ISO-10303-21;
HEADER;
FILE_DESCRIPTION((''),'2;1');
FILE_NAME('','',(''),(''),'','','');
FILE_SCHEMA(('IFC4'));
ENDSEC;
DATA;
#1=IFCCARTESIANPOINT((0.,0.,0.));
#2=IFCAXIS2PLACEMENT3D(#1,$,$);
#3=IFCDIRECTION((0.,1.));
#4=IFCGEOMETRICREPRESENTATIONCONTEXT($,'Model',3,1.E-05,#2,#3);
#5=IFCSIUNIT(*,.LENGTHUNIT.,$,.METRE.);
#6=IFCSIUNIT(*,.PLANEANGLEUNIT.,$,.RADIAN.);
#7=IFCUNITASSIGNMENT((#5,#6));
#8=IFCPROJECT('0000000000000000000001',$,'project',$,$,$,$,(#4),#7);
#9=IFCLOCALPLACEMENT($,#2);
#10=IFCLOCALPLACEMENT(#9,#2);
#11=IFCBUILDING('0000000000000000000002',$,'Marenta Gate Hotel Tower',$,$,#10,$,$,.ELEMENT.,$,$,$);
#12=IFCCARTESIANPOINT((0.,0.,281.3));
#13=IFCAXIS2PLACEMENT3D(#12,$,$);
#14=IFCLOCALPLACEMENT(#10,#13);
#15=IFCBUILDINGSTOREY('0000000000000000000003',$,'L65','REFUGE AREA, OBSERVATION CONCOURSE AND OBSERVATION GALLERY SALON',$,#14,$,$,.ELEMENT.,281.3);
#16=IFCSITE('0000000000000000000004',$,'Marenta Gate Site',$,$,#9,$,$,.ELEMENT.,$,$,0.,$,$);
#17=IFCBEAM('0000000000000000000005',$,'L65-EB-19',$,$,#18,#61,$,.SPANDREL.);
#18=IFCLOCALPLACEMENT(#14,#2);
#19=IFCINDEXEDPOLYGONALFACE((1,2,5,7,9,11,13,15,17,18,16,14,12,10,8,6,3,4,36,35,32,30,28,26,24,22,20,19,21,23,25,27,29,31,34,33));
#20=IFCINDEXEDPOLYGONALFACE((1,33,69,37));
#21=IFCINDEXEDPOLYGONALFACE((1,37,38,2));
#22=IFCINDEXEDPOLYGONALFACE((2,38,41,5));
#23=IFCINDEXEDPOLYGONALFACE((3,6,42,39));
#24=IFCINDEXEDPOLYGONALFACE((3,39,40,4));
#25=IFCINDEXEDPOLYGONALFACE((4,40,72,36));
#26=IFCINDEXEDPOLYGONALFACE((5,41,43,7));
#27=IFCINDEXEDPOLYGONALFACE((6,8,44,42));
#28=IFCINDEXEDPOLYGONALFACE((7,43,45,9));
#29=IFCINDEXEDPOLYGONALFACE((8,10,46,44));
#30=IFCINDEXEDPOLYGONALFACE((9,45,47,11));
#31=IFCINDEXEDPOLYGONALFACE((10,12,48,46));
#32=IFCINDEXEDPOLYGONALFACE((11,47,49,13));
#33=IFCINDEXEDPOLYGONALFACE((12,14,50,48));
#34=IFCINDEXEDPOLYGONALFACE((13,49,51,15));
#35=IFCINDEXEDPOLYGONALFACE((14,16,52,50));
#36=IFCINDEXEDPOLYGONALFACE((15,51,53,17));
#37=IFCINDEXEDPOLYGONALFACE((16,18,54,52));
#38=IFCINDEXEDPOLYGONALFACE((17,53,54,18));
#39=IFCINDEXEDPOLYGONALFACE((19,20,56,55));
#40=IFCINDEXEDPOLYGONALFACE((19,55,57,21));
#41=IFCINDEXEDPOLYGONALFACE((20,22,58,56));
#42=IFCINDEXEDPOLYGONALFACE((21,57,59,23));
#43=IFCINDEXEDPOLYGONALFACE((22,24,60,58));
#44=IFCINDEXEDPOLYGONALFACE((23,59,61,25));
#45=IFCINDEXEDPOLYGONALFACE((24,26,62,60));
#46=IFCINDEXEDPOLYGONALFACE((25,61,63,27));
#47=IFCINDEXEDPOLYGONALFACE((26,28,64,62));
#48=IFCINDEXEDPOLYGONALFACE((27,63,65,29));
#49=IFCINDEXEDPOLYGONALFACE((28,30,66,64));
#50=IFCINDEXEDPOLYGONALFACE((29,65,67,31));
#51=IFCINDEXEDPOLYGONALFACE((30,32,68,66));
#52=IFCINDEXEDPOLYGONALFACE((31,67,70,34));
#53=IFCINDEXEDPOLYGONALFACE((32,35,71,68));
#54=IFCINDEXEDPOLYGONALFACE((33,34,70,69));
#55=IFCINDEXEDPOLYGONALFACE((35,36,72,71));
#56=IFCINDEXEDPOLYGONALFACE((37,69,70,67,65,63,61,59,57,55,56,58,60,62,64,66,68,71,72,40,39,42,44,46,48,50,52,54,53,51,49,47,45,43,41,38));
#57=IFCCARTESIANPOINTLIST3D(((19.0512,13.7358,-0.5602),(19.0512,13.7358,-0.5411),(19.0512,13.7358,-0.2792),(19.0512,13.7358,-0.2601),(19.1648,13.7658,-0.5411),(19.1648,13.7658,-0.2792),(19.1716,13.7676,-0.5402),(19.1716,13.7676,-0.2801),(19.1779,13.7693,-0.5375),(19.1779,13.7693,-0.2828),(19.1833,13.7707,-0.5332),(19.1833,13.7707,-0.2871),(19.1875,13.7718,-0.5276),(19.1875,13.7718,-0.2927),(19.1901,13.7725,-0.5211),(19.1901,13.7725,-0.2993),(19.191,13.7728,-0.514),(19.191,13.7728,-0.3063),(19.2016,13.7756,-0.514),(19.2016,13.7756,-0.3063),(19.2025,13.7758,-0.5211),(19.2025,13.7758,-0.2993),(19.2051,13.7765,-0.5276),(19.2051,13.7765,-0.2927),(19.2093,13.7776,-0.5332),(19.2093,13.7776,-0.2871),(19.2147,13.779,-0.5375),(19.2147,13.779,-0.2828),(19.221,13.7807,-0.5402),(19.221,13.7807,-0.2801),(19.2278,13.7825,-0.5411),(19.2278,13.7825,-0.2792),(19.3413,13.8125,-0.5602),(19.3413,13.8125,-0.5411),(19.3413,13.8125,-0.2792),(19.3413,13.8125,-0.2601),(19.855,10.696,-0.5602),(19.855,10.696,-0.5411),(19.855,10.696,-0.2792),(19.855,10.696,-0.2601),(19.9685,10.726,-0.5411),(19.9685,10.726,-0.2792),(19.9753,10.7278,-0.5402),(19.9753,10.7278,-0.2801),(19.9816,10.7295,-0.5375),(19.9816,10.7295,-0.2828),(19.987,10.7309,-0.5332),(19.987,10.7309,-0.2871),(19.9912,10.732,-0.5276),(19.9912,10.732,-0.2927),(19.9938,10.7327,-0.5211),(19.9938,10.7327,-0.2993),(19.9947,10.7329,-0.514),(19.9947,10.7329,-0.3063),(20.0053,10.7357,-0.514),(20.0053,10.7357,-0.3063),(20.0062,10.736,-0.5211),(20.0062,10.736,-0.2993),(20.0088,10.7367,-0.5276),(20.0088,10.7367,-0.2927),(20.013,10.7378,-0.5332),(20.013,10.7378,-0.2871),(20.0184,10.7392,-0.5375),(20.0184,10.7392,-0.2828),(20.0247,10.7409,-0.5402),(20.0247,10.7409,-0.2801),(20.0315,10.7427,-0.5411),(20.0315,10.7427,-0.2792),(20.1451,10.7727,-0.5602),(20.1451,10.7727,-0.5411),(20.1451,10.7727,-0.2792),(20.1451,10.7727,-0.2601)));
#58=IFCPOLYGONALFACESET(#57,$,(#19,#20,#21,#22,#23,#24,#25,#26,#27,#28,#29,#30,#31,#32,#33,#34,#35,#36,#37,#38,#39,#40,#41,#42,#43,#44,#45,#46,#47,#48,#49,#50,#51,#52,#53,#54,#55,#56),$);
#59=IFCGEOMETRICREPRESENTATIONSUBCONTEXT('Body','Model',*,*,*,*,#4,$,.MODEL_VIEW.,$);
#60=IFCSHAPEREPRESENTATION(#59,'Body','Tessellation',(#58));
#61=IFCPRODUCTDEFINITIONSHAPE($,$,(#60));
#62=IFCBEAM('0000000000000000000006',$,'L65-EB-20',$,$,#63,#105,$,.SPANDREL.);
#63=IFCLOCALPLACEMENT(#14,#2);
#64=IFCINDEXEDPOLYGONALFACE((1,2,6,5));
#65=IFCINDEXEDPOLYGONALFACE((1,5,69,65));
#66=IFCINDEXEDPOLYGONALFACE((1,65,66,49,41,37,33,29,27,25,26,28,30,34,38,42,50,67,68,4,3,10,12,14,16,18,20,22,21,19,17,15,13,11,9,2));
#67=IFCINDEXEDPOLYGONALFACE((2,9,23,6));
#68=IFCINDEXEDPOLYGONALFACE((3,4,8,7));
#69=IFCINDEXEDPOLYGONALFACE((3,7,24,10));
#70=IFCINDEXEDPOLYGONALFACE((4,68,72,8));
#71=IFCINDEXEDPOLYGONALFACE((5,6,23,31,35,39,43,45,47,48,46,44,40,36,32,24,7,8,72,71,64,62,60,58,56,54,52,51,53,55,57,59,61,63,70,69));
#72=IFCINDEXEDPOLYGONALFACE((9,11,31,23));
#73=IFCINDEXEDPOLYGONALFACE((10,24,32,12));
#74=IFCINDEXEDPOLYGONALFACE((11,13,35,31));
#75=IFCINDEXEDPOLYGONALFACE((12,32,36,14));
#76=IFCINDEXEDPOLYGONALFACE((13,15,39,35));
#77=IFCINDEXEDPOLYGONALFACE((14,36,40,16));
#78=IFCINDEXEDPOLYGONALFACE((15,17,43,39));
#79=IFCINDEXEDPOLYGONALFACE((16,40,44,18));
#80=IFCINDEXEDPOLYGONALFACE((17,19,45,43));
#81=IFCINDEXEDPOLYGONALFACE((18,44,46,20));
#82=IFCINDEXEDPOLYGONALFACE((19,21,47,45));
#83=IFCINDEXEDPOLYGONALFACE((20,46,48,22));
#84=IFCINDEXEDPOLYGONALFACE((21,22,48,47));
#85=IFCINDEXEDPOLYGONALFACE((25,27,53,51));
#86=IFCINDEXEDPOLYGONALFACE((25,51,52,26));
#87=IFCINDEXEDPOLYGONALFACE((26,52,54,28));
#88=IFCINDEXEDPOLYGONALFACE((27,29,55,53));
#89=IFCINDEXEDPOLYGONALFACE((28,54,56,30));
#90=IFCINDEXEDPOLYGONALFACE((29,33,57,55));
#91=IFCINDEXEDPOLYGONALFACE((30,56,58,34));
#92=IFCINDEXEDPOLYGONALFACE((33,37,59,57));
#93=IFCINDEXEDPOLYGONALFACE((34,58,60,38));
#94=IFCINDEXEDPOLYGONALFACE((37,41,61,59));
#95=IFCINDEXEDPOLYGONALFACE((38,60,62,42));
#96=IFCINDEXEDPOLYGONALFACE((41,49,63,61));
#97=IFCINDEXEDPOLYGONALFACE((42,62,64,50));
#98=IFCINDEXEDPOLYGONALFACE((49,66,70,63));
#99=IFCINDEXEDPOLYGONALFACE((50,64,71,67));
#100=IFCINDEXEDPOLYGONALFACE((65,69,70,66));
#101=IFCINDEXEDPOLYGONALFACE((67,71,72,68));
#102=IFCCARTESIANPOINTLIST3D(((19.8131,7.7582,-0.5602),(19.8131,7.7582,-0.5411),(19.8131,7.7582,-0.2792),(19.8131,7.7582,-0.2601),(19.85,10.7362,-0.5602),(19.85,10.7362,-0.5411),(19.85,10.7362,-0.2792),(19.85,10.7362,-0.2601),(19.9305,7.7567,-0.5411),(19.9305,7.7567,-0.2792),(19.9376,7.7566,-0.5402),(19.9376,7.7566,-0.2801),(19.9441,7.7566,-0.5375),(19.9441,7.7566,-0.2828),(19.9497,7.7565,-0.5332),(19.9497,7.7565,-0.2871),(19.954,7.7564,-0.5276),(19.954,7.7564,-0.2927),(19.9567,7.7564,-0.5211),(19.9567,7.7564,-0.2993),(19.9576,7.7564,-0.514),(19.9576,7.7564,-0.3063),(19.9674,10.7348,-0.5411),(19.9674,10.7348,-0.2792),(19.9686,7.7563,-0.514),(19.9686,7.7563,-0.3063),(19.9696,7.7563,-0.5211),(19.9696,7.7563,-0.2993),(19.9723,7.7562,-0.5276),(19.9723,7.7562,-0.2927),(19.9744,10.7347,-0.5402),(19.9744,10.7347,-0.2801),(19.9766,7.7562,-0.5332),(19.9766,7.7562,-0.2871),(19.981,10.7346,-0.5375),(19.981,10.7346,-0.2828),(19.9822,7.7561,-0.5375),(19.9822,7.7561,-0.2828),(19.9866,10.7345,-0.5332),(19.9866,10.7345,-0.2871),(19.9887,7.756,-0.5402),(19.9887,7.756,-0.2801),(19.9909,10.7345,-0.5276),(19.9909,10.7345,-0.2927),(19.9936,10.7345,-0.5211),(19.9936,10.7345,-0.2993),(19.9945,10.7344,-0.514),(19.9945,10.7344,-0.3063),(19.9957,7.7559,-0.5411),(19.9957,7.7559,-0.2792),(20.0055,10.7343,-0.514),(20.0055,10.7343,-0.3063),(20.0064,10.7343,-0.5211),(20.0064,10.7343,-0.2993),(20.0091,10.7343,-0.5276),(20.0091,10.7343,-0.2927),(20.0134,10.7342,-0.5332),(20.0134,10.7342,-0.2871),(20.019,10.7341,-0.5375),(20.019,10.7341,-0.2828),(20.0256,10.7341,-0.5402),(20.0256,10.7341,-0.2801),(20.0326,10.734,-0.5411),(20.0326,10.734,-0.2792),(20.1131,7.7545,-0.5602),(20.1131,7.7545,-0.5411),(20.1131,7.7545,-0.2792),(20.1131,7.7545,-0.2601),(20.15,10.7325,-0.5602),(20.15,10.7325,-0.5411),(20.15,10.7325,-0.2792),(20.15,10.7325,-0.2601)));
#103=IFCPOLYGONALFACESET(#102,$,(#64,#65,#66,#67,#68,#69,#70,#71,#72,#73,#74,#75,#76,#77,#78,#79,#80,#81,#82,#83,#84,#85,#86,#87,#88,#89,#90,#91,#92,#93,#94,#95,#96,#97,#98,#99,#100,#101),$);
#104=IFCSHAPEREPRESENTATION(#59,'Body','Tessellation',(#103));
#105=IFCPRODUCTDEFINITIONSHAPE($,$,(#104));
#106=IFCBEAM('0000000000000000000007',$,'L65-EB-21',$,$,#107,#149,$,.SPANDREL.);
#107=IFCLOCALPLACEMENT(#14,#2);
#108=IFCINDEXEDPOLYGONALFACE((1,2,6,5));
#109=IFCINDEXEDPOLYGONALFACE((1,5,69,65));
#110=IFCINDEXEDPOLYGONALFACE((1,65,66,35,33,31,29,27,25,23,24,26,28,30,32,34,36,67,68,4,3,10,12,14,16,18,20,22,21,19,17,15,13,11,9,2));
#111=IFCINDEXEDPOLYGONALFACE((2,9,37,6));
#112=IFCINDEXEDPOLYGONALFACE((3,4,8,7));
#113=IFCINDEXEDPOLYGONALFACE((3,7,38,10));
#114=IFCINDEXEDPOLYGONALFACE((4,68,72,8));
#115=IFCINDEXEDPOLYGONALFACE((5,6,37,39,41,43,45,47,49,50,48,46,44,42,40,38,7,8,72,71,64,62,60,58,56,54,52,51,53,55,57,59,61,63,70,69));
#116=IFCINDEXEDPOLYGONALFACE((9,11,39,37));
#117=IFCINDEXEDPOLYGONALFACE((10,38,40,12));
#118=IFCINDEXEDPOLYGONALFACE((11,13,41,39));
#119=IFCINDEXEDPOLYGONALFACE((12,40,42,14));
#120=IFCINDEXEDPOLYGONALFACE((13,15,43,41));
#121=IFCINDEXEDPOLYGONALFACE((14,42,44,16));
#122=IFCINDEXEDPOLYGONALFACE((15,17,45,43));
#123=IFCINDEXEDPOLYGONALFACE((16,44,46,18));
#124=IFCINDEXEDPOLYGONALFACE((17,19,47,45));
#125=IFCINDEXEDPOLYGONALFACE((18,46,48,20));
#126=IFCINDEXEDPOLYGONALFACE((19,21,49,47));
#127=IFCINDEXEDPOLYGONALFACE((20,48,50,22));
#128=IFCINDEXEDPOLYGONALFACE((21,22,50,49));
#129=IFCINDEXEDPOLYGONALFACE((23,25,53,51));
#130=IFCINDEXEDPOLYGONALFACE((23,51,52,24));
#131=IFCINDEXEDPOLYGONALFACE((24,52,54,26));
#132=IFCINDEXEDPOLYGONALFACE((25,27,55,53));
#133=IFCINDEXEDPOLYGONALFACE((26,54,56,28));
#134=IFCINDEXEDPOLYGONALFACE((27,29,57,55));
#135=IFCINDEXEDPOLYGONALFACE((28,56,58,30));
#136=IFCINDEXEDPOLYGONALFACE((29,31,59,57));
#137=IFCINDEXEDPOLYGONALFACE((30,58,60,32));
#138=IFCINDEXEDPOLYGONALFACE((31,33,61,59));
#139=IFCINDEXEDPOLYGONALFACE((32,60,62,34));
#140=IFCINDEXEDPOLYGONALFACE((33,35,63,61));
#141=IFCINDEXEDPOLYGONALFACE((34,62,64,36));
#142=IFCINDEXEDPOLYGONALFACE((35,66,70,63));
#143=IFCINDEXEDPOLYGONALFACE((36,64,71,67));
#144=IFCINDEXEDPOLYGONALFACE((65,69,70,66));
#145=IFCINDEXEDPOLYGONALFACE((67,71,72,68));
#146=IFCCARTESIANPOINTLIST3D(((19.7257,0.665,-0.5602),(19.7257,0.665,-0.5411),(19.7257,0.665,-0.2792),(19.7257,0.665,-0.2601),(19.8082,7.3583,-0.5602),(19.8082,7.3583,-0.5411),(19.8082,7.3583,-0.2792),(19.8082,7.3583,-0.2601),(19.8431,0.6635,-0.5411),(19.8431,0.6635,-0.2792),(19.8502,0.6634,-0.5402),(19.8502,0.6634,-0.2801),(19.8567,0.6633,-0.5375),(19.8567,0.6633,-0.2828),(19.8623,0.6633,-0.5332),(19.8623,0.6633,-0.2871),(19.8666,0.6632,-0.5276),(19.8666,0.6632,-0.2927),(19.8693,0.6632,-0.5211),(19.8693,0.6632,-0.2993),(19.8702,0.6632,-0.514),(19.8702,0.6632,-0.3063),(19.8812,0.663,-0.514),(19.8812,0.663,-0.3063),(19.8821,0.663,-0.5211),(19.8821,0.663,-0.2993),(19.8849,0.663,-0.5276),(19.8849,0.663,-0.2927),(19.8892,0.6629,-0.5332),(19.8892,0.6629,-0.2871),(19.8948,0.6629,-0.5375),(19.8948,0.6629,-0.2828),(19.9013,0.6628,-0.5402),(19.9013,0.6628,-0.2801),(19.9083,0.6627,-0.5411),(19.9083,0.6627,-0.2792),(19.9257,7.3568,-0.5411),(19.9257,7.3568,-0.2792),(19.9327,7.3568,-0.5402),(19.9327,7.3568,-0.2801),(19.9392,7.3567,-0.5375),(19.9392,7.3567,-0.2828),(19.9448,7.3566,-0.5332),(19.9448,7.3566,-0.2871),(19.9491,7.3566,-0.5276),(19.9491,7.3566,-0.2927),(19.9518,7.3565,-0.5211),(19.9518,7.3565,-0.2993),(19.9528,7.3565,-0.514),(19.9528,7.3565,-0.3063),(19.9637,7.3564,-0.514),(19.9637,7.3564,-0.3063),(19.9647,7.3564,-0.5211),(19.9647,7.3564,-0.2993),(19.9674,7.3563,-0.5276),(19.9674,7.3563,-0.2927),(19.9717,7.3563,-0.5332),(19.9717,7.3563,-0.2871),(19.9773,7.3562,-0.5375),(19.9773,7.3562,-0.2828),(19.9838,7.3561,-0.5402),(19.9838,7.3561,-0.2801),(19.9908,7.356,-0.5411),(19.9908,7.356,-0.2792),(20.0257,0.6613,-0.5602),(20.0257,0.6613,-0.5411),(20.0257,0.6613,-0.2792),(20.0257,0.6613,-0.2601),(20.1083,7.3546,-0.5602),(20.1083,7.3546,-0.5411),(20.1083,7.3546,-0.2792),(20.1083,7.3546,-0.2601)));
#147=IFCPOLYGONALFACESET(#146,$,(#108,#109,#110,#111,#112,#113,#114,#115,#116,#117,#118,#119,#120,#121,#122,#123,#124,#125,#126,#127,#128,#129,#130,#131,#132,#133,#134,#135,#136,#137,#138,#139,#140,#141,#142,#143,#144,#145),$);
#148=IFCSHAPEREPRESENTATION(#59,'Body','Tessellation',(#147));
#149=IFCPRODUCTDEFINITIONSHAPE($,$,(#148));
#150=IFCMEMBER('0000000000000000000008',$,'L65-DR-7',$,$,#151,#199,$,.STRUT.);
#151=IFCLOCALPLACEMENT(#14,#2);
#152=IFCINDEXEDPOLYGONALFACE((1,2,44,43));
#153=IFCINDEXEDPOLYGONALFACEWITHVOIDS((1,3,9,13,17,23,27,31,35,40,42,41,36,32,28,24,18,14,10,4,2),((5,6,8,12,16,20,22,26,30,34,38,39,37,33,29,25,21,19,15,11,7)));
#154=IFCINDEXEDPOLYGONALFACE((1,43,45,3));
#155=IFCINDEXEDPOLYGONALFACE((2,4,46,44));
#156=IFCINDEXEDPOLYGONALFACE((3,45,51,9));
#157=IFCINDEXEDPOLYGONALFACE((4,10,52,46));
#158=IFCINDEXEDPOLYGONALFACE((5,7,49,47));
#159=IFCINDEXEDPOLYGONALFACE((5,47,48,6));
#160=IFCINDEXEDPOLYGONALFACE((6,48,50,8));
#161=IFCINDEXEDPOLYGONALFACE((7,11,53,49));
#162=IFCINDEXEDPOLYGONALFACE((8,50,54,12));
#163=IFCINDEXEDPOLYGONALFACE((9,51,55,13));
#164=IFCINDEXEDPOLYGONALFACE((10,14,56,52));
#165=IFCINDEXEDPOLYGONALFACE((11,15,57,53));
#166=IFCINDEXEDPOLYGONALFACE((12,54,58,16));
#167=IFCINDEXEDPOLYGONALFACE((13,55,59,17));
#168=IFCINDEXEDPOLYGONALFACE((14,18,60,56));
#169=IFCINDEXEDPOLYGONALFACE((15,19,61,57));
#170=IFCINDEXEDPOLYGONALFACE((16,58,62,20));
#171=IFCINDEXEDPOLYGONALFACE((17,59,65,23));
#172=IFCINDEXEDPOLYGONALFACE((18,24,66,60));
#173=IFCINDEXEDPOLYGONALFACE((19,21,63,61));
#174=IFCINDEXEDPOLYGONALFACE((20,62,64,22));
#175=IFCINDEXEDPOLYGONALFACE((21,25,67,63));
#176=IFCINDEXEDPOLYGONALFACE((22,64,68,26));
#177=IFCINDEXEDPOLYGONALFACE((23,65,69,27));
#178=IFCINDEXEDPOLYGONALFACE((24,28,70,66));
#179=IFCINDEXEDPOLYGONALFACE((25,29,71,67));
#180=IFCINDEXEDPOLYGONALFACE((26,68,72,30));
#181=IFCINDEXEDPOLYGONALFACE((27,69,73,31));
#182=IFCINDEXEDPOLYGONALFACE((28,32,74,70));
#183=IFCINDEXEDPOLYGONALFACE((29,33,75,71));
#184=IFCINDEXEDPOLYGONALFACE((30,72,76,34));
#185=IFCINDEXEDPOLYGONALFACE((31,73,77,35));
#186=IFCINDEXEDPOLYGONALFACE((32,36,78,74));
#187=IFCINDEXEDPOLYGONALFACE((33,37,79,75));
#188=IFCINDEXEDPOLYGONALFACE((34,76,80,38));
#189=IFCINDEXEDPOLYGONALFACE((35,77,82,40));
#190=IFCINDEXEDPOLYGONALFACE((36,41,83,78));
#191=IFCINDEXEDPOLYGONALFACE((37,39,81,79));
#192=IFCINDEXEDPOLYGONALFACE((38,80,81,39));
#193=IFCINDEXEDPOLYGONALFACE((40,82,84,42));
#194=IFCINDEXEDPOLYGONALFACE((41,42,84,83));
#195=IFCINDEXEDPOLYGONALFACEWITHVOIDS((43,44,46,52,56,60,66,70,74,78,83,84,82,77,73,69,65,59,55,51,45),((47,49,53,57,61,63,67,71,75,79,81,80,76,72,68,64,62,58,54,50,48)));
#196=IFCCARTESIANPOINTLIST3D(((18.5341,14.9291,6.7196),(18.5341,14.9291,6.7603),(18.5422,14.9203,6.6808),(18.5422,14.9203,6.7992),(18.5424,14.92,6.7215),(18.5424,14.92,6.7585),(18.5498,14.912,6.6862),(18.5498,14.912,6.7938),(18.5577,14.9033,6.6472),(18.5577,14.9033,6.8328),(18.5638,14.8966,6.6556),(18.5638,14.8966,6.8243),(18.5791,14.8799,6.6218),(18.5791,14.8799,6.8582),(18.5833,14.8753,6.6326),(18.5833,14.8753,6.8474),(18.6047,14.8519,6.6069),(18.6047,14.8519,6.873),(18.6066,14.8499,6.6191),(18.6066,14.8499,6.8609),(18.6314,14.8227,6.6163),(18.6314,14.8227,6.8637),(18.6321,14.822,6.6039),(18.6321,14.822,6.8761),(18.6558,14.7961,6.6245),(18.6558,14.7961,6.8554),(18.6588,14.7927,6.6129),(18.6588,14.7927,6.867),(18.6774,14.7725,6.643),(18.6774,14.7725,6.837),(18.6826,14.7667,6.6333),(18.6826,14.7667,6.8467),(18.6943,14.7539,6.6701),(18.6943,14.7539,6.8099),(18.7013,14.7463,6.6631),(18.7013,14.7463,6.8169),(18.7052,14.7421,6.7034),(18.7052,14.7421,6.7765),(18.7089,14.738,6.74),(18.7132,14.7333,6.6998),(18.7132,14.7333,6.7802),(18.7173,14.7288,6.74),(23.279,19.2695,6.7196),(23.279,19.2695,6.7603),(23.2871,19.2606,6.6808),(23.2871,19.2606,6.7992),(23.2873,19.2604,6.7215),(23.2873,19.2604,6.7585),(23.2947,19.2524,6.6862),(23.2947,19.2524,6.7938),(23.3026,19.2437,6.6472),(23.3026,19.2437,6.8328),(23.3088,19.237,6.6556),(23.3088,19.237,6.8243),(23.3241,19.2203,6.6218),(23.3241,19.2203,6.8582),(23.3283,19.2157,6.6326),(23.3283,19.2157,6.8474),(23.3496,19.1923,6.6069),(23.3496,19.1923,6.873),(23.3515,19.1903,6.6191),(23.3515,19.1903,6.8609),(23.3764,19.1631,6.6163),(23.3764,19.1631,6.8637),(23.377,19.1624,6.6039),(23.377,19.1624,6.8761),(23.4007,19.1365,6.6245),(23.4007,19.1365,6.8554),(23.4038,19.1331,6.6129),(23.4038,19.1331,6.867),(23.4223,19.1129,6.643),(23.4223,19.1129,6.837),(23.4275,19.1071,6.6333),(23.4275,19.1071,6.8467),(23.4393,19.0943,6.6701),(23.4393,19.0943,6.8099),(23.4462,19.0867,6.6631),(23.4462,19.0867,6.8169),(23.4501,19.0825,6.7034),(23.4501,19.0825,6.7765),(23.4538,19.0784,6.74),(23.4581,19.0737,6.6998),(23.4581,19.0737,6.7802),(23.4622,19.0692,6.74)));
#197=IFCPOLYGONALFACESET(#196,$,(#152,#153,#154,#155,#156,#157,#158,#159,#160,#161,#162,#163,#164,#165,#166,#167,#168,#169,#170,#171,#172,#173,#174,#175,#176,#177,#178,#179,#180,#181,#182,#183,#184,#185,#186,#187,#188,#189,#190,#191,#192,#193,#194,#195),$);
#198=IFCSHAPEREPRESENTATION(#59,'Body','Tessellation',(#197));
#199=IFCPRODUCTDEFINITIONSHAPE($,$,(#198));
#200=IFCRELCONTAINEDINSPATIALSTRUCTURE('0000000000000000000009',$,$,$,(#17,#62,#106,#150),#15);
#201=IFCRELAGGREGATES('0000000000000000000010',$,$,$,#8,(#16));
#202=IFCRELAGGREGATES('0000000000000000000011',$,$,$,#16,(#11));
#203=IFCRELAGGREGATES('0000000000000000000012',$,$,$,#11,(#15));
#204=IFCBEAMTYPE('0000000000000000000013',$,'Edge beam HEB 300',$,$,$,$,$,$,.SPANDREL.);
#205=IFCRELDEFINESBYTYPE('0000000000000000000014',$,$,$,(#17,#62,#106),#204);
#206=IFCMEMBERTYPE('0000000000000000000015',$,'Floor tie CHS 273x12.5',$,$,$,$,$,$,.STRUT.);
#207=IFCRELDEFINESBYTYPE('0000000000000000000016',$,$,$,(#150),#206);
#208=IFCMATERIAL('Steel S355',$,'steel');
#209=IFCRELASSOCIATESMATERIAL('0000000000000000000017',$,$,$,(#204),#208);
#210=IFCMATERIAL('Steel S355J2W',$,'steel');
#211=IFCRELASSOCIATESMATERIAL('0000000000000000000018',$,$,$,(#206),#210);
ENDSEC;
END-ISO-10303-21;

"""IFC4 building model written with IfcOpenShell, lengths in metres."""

from ifc_helpers import new_model, si_unit, direction, frame, origin, origin_2d, place, context, subcontext, project, spatial, hollow_circle, i_section, extrude, material, material_profile, profile_set, type_object, element, save


model = new_model("IFC4")

# Units and contexts
model_context = context("Model", 3, precision=1e-05, world=origin(), true_north=direction((0.0, 1.0)))
body_context = subcontext(model_context, "Body", "Model", "MODEL_VIEW")
ifc_project = project(units=[si_unit("LENGTHUNIT", "METRE"), si_unit("PLANEANGLEUNIT", "RADIAN")], contexts=[model_context])

# Site, building, storey
site_placement = place(None, origin())
site = spatial("IfcSite", under=ifc_project, at=site_placement, Name="Marenta Gate Site", CompositionType="ELEMENT", RefElevation=0.0)
building_placement = place(site_placement, origin())
building = spatial("IfcBuilding", under=site, at=building_placement, Name="Marenta Gate Hotel Tower", CompositionType="ELEMENT")
storey_placement = place(building_placement, frame((0.0, 0.0, 281.3)))
storey = spatial("IfcBuildingStorey", under=building, at=storey_placement, Name="L65", Description="REFUGE AREA, OBSERVATION CONCOURSE AND OBSERVATION GALLERY SALON", CompositionType="ELEMENT", Elevation=281.3)

# Beams
ifc_material_1 = material(Name="Steel S355", Category="steel")
ifc_material_profile_1 = material_profile(ifc_material_1, i_section(OverallWidth=0.3, OverallDepth=0.3, WebThickness=0.011, FlangeThickness=0.019, FilletRadius=0.0271, at=origin_2d()), Name="HEB 300")
ifc_profile_set_1 = profile_set([ifc_material_profile_1], Name="Steel S355")
beam_type = type_object("IfcBeamType", Name="Edge beam HEB 300", PredefinedType="SPANDREL", material=ifc_profile_set_1)
beam_1_placement = place(storey_placement, frame((19.1963, 13.7742, -0.4102), z_axis=(0.255613, -0.966779, 0.0), x_axis=(0.966779, 0.255613, 0.0)))
element("IfcBeam", 1, at=beam_1_placement, inside=storey, type_object=beam_type, Name="L65-EB-19", PredefinedType="SPANDREL", context=body_context, shape_type="SweptSolid", body=[
    extrude(i_section(OverallWidth=0.3, OverallDepth=0.3, WebThickness=0.011, FlangeThickness=0.019, FilletRadius=0.0271, at=origin_2d()), origin(), (0.0, 0.0, 1.0), 3.1443),
])
beam_2_placement = place(storey_placement, frame((20.0, 10.7344, -0.4102), z_axis=(-0.012378, -0.999923, 0.0), x_axis=(0.999923, -0.012378, 0.0)))
element("IfcBeam", 2, at=beam_2_placement, inside=storey, type_object=beam_type, Name="L65-EB-20", PredefinedType="SPANDREL", context=body_context, shape_type="SweptSolid", body=[
    extrude(i_section(OverallWidth=0.3, OverallDepth=0.3, WebThickness=0.011, FlangeThickness=0.019, FilletRadius=0.0271, at=origin_2d()), origin(), (0.0, 0.0, 1.0), 2.9783),
])
beam_3_placement = place(storey_placement, frame((19.9583, 7.3564, -0.4102), z_axis=(-0.012328, -0.999924, 0.0), x_axis=(0.999924, -0.012328, 0.0)))
element("IfcBeam", 3, at=beam_3_placement, inside=storey, type_object=beam_type, Name="L65-EB-21", PredefinedType="SPANDREL", context=body_context, shape_type="SweptSolid", body=[
    extrude(i_section(OverallWidth=0.3, OverallDepth=0.3, WebThickness=0.011, FlangeThickness=0.019, FilletRadius=0.0271, at=origin_2d()), origin(), (0.0, 0.0, 1.0), 6.6938),
])

# Member
ifc_material_2 = material(Name="Steel S355J2W", Category="steel")
ifc_material_profile_2 = material_profile(ifc_material_2, hollow_circle(Radius=0.1365, WallThickness=0.0125, at=origin_2d()), Name="CHS 273x12.5")
ifc_profile_set_2 = profile_set([ifc_material_profile_2], Name="Steel S355J2W")
member_type_1 = type_object("IfcMemberType", Name="Floor tie CHS 273x12.5", PredefinedType="STRUT", material=ifc_profile_set_2)
member_1_placement = place(storey_placement, frame((23.3701, 19.1699, 6.74), z_axis=(-0.737861, -0.674952, 0.0), x_axis=(0.674952, -0.737861, 0.0)))
element("IfcMember", 4, at=member_1_placement, inside=storey, type_object=member_type_1, Name="L65-DR-7", PredefinedType="STRUT", context=body_context, shape_type="SweptSolid", body=[
    extrude(hollow_circle(Radius=0.1365, WallThickness=0.0125, at=origin_2d()), origin(), (0.0, 0.0, 1.0), 6.4307),
])

save(model, "model.ifc")
